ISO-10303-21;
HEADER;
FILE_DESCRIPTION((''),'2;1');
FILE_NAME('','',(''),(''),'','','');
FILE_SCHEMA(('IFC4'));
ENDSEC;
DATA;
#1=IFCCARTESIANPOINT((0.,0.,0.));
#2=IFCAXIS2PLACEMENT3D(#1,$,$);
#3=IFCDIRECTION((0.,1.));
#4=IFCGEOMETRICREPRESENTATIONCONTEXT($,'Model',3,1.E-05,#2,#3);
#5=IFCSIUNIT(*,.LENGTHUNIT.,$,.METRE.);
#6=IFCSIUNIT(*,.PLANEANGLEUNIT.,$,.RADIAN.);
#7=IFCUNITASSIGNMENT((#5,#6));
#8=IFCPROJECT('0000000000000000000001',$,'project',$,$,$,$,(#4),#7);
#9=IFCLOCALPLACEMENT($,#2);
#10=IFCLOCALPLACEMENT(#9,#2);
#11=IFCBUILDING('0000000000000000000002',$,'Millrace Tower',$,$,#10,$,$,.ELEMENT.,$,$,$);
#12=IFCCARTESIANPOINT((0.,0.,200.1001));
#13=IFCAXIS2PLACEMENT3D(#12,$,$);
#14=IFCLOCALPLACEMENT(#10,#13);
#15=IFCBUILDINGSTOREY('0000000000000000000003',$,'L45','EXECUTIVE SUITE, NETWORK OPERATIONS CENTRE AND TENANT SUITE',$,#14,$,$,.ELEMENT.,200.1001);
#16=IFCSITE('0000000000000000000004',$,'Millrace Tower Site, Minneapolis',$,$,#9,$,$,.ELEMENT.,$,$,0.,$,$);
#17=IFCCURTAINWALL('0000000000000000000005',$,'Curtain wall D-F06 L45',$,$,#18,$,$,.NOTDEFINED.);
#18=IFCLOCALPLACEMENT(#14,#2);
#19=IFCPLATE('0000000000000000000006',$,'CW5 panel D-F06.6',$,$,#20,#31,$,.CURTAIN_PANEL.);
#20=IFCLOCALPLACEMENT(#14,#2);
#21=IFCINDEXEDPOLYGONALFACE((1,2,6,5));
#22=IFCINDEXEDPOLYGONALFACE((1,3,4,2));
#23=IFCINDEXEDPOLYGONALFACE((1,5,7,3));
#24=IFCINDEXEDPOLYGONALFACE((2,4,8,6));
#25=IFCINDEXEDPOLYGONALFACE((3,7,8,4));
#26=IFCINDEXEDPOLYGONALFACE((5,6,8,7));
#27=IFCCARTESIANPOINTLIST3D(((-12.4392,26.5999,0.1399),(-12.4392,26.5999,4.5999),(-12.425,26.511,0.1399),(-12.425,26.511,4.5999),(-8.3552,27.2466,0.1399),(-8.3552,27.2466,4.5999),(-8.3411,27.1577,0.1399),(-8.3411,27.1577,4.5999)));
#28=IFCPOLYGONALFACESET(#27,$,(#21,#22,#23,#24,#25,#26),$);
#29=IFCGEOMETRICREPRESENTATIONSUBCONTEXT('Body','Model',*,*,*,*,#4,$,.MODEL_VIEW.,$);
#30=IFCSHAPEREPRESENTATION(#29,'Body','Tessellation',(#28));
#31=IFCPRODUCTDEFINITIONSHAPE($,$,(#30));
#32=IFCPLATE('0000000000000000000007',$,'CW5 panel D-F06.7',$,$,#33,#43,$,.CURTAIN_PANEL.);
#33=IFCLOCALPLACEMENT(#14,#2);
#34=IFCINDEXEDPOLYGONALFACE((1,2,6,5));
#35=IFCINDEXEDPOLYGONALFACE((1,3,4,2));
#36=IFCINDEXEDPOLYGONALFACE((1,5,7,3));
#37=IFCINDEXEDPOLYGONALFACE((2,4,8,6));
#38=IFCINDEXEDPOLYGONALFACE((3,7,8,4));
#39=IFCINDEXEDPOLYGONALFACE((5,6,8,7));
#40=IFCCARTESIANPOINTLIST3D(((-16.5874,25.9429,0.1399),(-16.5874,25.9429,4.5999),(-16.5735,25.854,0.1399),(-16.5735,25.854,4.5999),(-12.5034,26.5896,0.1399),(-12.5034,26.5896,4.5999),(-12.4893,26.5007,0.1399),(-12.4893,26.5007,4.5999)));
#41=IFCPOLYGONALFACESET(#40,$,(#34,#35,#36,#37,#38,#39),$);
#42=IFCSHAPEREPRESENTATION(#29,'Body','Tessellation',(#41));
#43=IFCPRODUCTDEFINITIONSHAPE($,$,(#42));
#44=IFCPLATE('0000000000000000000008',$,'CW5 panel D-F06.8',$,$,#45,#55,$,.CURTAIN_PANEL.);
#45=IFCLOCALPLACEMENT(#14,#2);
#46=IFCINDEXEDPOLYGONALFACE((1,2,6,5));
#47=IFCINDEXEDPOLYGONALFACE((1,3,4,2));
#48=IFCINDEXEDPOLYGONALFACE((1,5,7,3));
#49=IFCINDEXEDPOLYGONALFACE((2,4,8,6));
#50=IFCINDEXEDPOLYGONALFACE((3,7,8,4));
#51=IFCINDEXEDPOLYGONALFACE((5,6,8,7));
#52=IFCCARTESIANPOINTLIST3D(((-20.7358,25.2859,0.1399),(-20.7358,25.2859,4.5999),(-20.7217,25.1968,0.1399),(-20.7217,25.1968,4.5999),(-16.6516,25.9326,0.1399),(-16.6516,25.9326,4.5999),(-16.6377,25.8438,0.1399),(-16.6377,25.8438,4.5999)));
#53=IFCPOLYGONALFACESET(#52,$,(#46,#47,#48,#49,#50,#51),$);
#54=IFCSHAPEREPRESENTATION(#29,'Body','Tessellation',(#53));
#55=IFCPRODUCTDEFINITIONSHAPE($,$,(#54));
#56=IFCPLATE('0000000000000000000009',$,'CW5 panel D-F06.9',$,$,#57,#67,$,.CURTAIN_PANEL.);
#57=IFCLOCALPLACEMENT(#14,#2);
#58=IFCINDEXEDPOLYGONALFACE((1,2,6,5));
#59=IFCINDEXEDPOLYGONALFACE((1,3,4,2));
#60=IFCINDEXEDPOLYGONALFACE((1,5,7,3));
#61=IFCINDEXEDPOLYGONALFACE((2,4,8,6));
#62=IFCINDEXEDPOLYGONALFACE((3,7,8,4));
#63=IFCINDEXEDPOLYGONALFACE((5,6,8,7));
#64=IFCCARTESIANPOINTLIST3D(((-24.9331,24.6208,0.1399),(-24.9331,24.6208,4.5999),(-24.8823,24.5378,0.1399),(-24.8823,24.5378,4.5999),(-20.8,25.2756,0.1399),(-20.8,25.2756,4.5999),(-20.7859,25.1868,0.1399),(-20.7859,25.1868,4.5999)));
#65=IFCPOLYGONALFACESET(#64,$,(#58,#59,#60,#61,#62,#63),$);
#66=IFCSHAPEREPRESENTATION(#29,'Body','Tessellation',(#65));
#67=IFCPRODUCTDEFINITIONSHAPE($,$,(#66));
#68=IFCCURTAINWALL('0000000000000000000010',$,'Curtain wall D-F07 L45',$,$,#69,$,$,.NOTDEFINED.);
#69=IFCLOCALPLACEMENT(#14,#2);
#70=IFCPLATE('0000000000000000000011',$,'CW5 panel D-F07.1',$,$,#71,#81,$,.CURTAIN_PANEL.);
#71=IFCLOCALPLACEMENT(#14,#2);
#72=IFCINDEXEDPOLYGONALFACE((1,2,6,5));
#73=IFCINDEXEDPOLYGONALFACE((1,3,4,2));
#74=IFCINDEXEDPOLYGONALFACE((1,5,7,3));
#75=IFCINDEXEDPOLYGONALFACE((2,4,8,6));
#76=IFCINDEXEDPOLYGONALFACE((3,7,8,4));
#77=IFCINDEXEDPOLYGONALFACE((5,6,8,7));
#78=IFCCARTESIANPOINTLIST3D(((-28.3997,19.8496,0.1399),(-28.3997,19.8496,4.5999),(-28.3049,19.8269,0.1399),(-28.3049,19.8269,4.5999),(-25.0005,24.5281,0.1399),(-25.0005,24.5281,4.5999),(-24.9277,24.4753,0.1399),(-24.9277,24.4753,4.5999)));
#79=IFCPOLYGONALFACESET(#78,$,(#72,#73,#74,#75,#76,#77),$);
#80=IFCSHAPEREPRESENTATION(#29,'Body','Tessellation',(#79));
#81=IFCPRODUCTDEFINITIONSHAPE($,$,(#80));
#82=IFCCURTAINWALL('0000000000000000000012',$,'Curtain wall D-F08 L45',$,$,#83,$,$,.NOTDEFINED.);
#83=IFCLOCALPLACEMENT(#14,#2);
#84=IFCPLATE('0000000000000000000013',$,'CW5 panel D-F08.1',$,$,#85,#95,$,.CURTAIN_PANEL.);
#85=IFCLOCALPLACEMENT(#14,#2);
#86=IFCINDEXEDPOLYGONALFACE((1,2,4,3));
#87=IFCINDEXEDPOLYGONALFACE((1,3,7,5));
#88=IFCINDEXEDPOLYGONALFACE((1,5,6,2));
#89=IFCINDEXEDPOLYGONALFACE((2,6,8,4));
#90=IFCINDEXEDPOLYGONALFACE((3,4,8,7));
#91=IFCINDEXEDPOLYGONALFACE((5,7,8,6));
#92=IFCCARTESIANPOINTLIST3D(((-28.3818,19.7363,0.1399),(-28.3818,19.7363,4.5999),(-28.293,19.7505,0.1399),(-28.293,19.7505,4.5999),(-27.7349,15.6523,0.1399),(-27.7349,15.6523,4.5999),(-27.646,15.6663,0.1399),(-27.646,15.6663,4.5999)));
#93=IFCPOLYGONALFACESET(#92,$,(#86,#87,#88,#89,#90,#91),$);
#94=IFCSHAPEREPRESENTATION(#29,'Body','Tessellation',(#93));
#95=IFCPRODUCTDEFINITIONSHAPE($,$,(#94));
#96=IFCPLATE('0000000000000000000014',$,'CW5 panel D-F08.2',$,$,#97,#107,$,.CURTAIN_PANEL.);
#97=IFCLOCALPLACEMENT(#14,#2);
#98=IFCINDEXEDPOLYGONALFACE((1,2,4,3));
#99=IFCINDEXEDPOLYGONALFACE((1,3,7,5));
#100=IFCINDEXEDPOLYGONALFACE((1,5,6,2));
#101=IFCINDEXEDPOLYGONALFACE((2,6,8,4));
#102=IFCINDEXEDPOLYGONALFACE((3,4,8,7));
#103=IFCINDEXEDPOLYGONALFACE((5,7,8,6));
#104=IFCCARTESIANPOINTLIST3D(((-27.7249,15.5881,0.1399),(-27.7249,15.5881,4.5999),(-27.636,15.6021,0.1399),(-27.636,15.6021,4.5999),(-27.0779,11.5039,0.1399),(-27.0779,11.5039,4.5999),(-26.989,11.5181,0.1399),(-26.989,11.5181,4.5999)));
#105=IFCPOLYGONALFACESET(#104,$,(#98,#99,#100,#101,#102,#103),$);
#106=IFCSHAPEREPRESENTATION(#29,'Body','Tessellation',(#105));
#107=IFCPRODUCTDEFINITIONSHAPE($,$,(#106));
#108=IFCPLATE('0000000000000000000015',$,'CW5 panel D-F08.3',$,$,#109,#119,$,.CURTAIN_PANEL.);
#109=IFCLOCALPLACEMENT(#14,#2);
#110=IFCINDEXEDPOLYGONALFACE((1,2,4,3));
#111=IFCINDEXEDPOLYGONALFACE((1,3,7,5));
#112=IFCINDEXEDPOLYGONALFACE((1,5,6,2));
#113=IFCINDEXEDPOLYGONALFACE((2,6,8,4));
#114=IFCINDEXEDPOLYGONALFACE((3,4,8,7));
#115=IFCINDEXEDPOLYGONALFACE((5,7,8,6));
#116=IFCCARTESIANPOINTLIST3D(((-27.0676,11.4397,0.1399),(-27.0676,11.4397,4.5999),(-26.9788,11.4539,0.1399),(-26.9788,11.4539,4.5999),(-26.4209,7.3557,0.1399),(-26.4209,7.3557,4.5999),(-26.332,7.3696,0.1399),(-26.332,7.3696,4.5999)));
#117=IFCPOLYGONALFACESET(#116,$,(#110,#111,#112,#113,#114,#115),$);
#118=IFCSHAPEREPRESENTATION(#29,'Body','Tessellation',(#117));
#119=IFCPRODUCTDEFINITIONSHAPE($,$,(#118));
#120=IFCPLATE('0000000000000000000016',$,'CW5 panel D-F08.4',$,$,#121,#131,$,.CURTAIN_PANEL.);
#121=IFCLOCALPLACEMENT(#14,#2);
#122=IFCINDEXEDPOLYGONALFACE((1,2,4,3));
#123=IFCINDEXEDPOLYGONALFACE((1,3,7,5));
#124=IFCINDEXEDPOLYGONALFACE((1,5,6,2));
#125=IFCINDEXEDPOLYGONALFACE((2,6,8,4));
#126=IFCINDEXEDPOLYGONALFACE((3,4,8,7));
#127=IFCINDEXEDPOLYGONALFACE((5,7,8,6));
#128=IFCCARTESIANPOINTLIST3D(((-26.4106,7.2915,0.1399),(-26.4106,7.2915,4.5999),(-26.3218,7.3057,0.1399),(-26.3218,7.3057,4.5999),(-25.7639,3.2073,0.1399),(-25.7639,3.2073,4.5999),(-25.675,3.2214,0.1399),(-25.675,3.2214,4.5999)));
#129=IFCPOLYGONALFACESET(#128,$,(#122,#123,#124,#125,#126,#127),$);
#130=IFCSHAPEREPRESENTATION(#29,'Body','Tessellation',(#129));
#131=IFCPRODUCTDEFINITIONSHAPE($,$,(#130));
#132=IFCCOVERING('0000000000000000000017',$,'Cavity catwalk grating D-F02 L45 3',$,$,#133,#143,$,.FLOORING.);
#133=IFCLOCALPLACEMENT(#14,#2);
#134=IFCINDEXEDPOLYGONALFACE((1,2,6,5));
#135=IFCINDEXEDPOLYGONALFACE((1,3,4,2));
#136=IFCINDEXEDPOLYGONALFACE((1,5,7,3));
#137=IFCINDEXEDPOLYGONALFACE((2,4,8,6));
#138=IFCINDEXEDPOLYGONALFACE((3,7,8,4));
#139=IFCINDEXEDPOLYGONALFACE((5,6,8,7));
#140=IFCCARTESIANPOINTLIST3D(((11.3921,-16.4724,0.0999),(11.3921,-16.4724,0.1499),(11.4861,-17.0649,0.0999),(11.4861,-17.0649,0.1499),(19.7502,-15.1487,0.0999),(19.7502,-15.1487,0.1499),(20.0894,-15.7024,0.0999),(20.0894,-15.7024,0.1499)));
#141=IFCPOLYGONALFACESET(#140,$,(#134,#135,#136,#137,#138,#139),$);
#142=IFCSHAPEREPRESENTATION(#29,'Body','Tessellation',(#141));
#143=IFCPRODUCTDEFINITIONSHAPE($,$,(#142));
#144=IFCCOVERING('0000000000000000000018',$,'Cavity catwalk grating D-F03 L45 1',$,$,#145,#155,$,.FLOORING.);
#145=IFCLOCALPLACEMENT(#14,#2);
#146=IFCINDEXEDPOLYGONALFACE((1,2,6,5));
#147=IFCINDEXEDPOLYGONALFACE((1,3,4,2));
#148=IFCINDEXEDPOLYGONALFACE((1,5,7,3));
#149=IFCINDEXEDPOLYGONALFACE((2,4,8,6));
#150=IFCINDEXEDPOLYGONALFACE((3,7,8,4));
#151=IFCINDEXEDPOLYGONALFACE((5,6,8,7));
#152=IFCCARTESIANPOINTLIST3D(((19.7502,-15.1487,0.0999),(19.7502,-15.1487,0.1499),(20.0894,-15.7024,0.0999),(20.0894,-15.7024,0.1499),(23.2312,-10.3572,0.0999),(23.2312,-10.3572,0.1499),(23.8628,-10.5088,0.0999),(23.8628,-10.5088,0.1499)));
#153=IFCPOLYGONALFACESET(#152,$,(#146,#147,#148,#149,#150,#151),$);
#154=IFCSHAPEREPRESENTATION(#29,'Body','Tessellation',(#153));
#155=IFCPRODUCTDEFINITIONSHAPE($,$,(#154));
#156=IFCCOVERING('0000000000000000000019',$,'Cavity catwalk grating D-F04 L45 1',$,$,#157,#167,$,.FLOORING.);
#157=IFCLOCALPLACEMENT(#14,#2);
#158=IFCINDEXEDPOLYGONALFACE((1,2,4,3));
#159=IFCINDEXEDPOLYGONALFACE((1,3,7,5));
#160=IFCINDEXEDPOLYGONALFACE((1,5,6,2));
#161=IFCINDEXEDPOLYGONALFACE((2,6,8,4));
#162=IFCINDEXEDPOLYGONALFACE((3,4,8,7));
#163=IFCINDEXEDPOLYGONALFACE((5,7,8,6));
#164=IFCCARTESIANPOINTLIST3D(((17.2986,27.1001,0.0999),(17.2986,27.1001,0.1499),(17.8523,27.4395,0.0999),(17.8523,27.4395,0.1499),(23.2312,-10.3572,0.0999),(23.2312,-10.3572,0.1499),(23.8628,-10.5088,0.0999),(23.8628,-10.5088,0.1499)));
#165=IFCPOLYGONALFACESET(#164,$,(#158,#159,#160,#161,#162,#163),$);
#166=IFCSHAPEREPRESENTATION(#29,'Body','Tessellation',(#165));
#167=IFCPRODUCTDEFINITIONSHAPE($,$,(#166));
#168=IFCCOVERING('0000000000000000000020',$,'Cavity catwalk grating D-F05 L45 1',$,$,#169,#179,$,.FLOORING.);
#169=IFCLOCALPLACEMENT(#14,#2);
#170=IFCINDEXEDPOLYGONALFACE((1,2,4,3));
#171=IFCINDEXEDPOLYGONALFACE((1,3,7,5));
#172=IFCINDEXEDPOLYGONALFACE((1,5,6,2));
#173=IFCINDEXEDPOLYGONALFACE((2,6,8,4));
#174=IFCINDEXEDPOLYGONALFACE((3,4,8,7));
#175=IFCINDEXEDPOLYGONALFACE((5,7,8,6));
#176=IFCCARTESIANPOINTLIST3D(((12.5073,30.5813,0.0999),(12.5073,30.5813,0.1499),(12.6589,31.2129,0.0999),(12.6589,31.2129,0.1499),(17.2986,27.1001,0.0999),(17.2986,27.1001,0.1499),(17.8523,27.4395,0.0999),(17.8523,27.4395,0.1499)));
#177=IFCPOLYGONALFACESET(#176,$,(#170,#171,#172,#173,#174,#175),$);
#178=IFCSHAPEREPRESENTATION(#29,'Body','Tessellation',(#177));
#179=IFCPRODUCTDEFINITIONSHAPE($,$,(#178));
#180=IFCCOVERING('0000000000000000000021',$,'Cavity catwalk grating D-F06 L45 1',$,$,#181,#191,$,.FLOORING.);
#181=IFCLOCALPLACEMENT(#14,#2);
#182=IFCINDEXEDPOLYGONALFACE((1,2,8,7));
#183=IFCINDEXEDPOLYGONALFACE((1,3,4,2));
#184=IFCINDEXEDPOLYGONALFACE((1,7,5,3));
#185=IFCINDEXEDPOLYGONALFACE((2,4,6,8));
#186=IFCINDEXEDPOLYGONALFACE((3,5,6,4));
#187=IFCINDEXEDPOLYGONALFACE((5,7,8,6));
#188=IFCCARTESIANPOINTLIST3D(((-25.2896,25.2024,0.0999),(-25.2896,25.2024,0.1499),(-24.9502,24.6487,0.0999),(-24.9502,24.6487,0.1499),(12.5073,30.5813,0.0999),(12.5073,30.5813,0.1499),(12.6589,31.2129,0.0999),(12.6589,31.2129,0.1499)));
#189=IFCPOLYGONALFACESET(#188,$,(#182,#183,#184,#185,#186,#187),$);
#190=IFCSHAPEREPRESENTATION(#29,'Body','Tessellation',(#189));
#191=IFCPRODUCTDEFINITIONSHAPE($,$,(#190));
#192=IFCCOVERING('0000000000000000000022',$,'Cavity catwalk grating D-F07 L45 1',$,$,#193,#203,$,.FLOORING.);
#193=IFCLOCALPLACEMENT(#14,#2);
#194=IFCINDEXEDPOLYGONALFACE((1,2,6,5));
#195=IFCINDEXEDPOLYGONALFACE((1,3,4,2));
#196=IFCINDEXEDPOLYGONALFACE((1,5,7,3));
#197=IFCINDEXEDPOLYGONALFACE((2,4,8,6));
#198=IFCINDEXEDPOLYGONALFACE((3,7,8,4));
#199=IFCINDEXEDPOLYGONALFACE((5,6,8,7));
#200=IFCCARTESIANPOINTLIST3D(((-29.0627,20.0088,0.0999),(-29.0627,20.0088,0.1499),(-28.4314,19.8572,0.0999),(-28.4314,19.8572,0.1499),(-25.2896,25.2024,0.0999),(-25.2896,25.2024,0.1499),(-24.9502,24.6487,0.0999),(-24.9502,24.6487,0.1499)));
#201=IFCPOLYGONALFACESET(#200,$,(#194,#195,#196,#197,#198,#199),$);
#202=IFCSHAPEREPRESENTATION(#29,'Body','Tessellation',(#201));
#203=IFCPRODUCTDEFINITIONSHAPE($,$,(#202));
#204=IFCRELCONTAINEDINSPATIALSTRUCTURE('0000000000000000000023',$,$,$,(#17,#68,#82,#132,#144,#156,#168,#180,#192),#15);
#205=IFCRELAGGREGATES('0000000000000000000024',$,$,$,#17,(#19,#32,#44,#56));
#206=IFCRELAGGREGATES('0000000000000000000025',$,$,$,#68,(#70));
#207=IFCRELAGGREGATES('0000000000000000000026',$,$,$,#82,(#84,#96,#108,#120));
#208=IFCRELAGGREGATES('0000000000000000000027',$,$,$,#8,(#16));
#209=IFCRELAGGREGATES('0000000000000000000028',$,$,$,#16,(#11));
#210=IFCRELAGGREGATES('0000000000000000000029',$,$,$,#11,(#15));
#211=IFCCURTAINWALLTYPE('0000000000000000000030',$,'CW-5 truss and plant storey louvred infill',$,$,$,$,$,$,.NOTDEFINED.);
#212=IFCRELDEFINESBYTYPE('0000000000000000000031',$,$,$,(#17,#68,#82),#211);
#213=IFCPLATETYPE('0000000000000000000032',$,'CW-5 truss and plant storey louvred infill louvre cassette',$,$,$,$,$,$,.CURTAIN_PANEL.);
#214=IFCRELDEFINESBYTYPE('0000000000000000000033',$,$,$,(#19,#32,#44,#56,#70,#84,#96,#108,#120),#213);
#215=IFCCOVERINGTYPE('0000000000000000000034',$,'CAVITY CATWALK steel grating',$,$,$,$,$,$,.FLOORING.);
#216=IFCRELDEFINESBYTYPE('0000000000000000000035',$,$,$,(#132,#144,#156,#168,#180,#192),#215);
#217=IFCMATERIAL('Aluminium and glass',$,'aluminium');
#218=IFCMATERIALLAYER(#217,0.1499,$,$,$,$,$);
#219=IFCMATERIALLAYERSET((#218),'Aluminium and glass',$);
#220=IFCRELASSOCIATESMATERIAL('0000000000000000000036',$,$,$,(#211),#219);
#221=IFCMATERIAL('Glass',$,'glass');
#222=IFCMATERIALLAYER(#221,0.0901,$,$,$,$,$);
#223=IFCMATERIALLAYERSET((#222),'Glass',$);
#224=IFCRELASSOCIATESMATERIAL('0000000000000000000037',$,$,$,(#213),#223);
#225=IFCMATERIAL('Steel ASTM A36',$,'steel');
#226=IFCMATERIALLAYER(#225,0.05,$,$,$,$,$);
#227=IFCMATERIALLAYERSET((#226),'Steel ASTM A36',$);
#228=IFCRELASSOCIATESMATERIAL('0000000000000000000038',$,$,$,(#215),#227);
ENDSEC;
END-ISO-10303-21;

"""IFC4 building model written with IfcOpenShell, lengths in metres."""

from ifc_helpers import new_model, si_unit, direction, frame, origin, place, context, subcontext, project, spatial, polyline, outline, extrude, material, layer, layer_set, type_object, element, aggregate, save


model = new_model("IFC4")

# Units and contexts
model_context = context("Model", 3, precision=1e-05, world=origin(), true_north=direction((0.0, 1.0)))
body_context = subcontext(model_context, "Body", "Model", "MODEL_VIEW")
ifc_project = project(units=[si_unit("LENGTHUNIT", "METRE"), si_unit("PLANEANGLEUNIT", "RADIAN")], contexts=[model_context])

# Site, building, storey
site_placement = place(None, origin())
site = spatial("IfcSite", under=ifc_project, at=site_placement, Name="Millrace Tower Site, Minneapolis", CompositionType="ELEMENT", RefElevation=0.0)
building_placement = place(site_placement, origin())
building = spatial("IfcBuilding", under=site, at=building_placement, Name="Millrace Tower", CompositionType="ELEMENT")
storey_placement = place(building_placement, frame((0.0, 0.0, 200.1001)))
storey = spatial("IfcBuildingStorey", under=building, at=storey_placement, Name="L45", Description="EXECUTIVE SUITE, NETWORK OPERATIONS CENTRE AND TENANT SUITE", CompositionType="ELEMENT", Elevation=200.1001)

# Shared definitions
ifc_material_1 = material(Name="Aluminium and glass", Category="aluminium")
ifc_layer_1 = layer(ifc_material_1, 0.1499)
ifc_layer_set_1 = layer_set([ifc_layer_1], Name="Aluminium and glass")
curtain_wall_type = type_object("IfcCurtainWallType", Name="CW-5 truss and plant storey louvred infill", PredefinedType="NOTDEFINED", material=ifc_layer_set_1)
placement_1 = place(storey_placement, origin())
ifc_material_2 = material(Name="Glass", Category="glass")
ifc_layer_2 = layer(ifc_material_2, 0.0901)
ifc_layer_set_2 = layer_set([ifc_layer_2], Name="Glass")
plate_type = type_object("IfcPlateType", Name="CW-5 truss and plant storey louvred infill louvre cassette", PredefinedType="CURTAIN_PANEL", material=ifc_layer_set_2)
placement_2 = place(storey_placement, frame((0.0, 0.0, 0.1399)))

# Curtain wall, plates
curtain_wall_1 = element("IfcCurtainWall", 1, at=placement_1, inside=storey, type_object=curtain_wall_type, Name="Curtain wall D-F06 L45", PredefinedType="NOTDEFINED")
plate_1 = element("IfcPlate", 2, at=placement_2, type_object=plate_type, Name="CW5 panel D-F06.6", PredefinedType="CURTAIN_PANEL", context=body_context, shape_type="SweptSolid", body=[
    extrude(outline(polyline([(-8.3552, 27.2466), (-12.4392, 26.5999), (-12.425, 26.511), (-8.3411, 27.1577), (-8.3552, 27.2466)])), origin(), (0.0, 0.0, 1.0), 4.46),
])
plate_2 = element("IfcPlate", 3, at=placement_2, type_object=plate_type, Name="CW5 panel D-F06.7", PredefinedType="CURTAIN_PANEL", context=body_context, shape_type="SweptSolid", body=[
    extrude(outline(polyline([(-12.5034, 26.5896), (-16.5874, 25.9429), (-16.5735, 25.854), (-12.4893, 26.5007), (-12.5034, 26.5896)])), origin(), (0.0, 0.0, 1.0), 4.46),
])
plate_3 = element("IfcPlate", 4, at=placement_2, type_object=plate_type, Name="CW5 panel D-F06.8", PredefinedType="CURTAIN_PANEL", context=body_context, shape_type="SweptSolid", body=[
    extrude(outline(polyline([(-16.6516, 25.9326), (-20.7358, 25.2859), (-20.7217, 25.1968), (-16.6377, 25.8438), (-16.6516, 25.9326)])), origin(), (0.0, 0.0, 1.0), 4.46),
])
plate_4 = element("IfcPlate", 5, at=placement_2, type_object=plate_type, Name="CW5 panel D-F06.9", PredefinedType="CURTAIN_PANEL", context=body_context, shape_type="SweptSolid", body=[
    extrude(outline(polyline([(-20.8, 25.2756), (-24.9331, 24.6208), (-24.8823, 24.5378), (-20.7859, 25.1868), (-20.8, 25.2756)])), origin(), (0.0, 0.0, 1.0), 4.46),
])
aggregate(curtain_wall_1, [plate_1, plate_2, plate_3, plate_4])

# Curtain wall, plate
curtain_wall_2 = element("IfcCurtainWall", 6, at=placement_1, inside=storey, type_object=curtain_wall_type, Name="Curtain wall D-F07 L45", PredefinedType="NOTDEFINED")
plate_5 = element("IfcPlate", 7, at=placement_2, type_object=plate_type, Name="CW5 panel D-F07.1", PredefinedType="CURTAIN_PANEL", context=body_context, shape_type="SweptSolid", body=[
    extrude(outline(polyline([(-25.0005, 24.5281), (-28.3997, 19.8496), (-28.3049, 19.8269), (-24.9277, 24.4753), (-25.0005, 24.5281)])), origin(), (0.0, 0.0, 1.0), 4.46),
])
aggregate(curtain_wall_2, [plate_5])

# Curtain wall, plates
curtain_wall_3 = element("IfcCurtainWall", 8, at=placement_1, inside=storey, type_object=curtain_wall_type, Name="Curtain wall D-F08 L45", PredefinedType="NOTDEFINED")
plate_6 = element("IfcPlate", 9, at=placement_2, type_object=plate_type, Name="CW5 panel D-F08.1", PredefinedType="CURTAIN_PANEL", context=body_context, shape_type="SweptSolid", body=[
    extrude(outline(polyline([(-28.3818, 19.7363), (-27.7349, 15.6523), (-27.646, 15.6663), (-28.293, 19.7505), (-28.3818, 19.7363)])), origin(), (0.0, 0.0, 1.0), 4.46),
])
plate_7 = element("IfcPlate", 10, at=placement_2, type_object=plate_type, Name="CW5 panel D-F08.2", PredefinedType="CURTAIN_PANEL", context=body_context, shape_type="SweptSolid", body=[
    extrude(outline(polyline([(-27.7249, 15.5881), (-27.0779, 11.5039), (-26.989, 11.5181), (-27.636, 15.6021), (-27.7249, 15.5881)])), origin(), (0.0, 0.0, 1.0), 4.46),
])
plate_8 = element("IfcPlate", 11, at=placement_2, type_object=plate_type, Name="CW5 panel D-F08.3", PredefinedType="CURTAIN_PANEL", context=body_context, shape_type="SweptSolid", body=[
    extrude(outline(polyline([(-27.0676, 11.4397), (-26.4209, 7.3557), (-26.332, 7.3696), (-26.9788, 11.4539), (-27.0676, 11.4397)])), origin(), (0.0, 0.0, 1.0), 4.46),
])
plate_9 = element("IfcPlate", 12, at=placement_2, type_object=plate_type, Name="CW5 panel D-F08.4", PredefinedType="CURTAIN_PANEL", context=body_context, shape_type="SweptSolid", body=[
    extrude(outline(polyline([(-26.4106, 7.2915), (-25.7639, 3.2073), (-25.675, 3.2214), (-26.3218, 7.3057), (-26.4106, 7.2915)])), origin(), (0.0, 0.0, 1.0), 4.46),
])
aggregate(curtain_wall_3, [plate_6, plate_7, plate_8, plate_9])

# Coverings
ifc_material_3 = material(Name="Steel ASTM A36", Category="steel")
ifc_layer_3 = layer(ifc_material_3, 0.05)
ifc_layer_set_3 = layer_set([ifc_layer_3], Name="Steel ASTM A36")
covering_type = type_object("IfcCoveringType", Name="CAVITY CATWALK steel grating", PredefinedType="FLOORING", material=ifc_layer_set_3)
placement_3 = place(storey_placement, frame((0.0, 0.0, 0.0999)))
element("IfcCovering", 13, at=placement_3, inside=storey, type_object=covering_type, Name="Cavity catwalk grating D-F02 L45 3", PredefinedType="FLOORING", context=body_context, shape_type="SweptSolid", body=[
    extrude(outline(polyline([(11.4861, -17.0649), (20.0894, -15.7024), (19.7502, -15.1487), (11.3921, -16.4724), (11.4861, -17.0649)])), origin(), (0.0, 0.0, 1.0), 0.05),
])
element("IfcCovering", 14, at=placement_3, inside=storey, type_object=covering_type, Name="Cavity catwalk grating D-F03 L45 1", PredefinedType="FLOORING", context=body_context, shape_type="SweptSolid", body=[
    extrude(outline(polyline([(20.0894, -15.7024), (23.8628, -10.5088), (23.2312, -10.3572), (19.7502, -15.1487), (20.0894, -15.7024)])), origin(), (0.0, 0.0, 1.0), 0.05),
])
element("IfcCovering", 15, at=placement_3, inside=storey, type_object=covering_type, Name="Cavity catwalk grating D-F04 L45 1", PredefinedType="FLOORING", context=body_context, shape_type="SweptSolid", body=[
    extrude(outline(polyline([(23.8628, -10.5088), (17.8523, 27.4395), (17.2986, 27.1001), (23.2312, -10.3572), (23.8628, -10.5088)])), origin(), (0.0, 0.0, 1.0), 0.05),
])
element("IfcCovering", 16, at=placement_3, inside=storey, type_object=covering_type, Name="Cavity catwalk grating D-F05 L45 1", PredefinedType="FLOORING", context=body_context, shape_type="SweptSolid", body=[
    extrude(outline(polyline([(17.8523, 27.4395), (12.6589, 31.2129), (12.5073, 30.5813), (17.2986, 27.1001), (17.8523, 27.4395)])), origin(), (0.0, 0.0, 1.0), 0.05),
])
element("IfcCovering", 17, at=placement_3, inside=storey, type_object=covering_type, Name="Cavity catwalk grating D-F06 L45 1", PredefinedType="FLOORING", context=body_context, shape_type="SweptSolid", body=[
    extrude(outline(polyline([(12.6589, 31.2129), (-25.2896, 25.2024), (-24.9502, 24.6487), (12.5073, 30.5813), (12.6589, 31.2129)])), origin(), (0.0, 0.0, 1.0), 0.05),
])
element("IfcCovering", 18, at=placement_3, inside=storey, type_object=covering_type, Name="Cavity catwalk grating D-F07 L45 1", PredefinedType="FLOORING", context=body_context, shape_type="SweptSolid", body=[
    extrude(outline(polyline([(-25.2896, 25.2024), (-29.0627, 20.0088), (-28.4314, 19.8572), (-24.9502, 24.6487), (-25.2896, 25.2024)])), origin(), (0.0, 0.0, 1.0), 0.05),
])

save(model, "model.ifc")
